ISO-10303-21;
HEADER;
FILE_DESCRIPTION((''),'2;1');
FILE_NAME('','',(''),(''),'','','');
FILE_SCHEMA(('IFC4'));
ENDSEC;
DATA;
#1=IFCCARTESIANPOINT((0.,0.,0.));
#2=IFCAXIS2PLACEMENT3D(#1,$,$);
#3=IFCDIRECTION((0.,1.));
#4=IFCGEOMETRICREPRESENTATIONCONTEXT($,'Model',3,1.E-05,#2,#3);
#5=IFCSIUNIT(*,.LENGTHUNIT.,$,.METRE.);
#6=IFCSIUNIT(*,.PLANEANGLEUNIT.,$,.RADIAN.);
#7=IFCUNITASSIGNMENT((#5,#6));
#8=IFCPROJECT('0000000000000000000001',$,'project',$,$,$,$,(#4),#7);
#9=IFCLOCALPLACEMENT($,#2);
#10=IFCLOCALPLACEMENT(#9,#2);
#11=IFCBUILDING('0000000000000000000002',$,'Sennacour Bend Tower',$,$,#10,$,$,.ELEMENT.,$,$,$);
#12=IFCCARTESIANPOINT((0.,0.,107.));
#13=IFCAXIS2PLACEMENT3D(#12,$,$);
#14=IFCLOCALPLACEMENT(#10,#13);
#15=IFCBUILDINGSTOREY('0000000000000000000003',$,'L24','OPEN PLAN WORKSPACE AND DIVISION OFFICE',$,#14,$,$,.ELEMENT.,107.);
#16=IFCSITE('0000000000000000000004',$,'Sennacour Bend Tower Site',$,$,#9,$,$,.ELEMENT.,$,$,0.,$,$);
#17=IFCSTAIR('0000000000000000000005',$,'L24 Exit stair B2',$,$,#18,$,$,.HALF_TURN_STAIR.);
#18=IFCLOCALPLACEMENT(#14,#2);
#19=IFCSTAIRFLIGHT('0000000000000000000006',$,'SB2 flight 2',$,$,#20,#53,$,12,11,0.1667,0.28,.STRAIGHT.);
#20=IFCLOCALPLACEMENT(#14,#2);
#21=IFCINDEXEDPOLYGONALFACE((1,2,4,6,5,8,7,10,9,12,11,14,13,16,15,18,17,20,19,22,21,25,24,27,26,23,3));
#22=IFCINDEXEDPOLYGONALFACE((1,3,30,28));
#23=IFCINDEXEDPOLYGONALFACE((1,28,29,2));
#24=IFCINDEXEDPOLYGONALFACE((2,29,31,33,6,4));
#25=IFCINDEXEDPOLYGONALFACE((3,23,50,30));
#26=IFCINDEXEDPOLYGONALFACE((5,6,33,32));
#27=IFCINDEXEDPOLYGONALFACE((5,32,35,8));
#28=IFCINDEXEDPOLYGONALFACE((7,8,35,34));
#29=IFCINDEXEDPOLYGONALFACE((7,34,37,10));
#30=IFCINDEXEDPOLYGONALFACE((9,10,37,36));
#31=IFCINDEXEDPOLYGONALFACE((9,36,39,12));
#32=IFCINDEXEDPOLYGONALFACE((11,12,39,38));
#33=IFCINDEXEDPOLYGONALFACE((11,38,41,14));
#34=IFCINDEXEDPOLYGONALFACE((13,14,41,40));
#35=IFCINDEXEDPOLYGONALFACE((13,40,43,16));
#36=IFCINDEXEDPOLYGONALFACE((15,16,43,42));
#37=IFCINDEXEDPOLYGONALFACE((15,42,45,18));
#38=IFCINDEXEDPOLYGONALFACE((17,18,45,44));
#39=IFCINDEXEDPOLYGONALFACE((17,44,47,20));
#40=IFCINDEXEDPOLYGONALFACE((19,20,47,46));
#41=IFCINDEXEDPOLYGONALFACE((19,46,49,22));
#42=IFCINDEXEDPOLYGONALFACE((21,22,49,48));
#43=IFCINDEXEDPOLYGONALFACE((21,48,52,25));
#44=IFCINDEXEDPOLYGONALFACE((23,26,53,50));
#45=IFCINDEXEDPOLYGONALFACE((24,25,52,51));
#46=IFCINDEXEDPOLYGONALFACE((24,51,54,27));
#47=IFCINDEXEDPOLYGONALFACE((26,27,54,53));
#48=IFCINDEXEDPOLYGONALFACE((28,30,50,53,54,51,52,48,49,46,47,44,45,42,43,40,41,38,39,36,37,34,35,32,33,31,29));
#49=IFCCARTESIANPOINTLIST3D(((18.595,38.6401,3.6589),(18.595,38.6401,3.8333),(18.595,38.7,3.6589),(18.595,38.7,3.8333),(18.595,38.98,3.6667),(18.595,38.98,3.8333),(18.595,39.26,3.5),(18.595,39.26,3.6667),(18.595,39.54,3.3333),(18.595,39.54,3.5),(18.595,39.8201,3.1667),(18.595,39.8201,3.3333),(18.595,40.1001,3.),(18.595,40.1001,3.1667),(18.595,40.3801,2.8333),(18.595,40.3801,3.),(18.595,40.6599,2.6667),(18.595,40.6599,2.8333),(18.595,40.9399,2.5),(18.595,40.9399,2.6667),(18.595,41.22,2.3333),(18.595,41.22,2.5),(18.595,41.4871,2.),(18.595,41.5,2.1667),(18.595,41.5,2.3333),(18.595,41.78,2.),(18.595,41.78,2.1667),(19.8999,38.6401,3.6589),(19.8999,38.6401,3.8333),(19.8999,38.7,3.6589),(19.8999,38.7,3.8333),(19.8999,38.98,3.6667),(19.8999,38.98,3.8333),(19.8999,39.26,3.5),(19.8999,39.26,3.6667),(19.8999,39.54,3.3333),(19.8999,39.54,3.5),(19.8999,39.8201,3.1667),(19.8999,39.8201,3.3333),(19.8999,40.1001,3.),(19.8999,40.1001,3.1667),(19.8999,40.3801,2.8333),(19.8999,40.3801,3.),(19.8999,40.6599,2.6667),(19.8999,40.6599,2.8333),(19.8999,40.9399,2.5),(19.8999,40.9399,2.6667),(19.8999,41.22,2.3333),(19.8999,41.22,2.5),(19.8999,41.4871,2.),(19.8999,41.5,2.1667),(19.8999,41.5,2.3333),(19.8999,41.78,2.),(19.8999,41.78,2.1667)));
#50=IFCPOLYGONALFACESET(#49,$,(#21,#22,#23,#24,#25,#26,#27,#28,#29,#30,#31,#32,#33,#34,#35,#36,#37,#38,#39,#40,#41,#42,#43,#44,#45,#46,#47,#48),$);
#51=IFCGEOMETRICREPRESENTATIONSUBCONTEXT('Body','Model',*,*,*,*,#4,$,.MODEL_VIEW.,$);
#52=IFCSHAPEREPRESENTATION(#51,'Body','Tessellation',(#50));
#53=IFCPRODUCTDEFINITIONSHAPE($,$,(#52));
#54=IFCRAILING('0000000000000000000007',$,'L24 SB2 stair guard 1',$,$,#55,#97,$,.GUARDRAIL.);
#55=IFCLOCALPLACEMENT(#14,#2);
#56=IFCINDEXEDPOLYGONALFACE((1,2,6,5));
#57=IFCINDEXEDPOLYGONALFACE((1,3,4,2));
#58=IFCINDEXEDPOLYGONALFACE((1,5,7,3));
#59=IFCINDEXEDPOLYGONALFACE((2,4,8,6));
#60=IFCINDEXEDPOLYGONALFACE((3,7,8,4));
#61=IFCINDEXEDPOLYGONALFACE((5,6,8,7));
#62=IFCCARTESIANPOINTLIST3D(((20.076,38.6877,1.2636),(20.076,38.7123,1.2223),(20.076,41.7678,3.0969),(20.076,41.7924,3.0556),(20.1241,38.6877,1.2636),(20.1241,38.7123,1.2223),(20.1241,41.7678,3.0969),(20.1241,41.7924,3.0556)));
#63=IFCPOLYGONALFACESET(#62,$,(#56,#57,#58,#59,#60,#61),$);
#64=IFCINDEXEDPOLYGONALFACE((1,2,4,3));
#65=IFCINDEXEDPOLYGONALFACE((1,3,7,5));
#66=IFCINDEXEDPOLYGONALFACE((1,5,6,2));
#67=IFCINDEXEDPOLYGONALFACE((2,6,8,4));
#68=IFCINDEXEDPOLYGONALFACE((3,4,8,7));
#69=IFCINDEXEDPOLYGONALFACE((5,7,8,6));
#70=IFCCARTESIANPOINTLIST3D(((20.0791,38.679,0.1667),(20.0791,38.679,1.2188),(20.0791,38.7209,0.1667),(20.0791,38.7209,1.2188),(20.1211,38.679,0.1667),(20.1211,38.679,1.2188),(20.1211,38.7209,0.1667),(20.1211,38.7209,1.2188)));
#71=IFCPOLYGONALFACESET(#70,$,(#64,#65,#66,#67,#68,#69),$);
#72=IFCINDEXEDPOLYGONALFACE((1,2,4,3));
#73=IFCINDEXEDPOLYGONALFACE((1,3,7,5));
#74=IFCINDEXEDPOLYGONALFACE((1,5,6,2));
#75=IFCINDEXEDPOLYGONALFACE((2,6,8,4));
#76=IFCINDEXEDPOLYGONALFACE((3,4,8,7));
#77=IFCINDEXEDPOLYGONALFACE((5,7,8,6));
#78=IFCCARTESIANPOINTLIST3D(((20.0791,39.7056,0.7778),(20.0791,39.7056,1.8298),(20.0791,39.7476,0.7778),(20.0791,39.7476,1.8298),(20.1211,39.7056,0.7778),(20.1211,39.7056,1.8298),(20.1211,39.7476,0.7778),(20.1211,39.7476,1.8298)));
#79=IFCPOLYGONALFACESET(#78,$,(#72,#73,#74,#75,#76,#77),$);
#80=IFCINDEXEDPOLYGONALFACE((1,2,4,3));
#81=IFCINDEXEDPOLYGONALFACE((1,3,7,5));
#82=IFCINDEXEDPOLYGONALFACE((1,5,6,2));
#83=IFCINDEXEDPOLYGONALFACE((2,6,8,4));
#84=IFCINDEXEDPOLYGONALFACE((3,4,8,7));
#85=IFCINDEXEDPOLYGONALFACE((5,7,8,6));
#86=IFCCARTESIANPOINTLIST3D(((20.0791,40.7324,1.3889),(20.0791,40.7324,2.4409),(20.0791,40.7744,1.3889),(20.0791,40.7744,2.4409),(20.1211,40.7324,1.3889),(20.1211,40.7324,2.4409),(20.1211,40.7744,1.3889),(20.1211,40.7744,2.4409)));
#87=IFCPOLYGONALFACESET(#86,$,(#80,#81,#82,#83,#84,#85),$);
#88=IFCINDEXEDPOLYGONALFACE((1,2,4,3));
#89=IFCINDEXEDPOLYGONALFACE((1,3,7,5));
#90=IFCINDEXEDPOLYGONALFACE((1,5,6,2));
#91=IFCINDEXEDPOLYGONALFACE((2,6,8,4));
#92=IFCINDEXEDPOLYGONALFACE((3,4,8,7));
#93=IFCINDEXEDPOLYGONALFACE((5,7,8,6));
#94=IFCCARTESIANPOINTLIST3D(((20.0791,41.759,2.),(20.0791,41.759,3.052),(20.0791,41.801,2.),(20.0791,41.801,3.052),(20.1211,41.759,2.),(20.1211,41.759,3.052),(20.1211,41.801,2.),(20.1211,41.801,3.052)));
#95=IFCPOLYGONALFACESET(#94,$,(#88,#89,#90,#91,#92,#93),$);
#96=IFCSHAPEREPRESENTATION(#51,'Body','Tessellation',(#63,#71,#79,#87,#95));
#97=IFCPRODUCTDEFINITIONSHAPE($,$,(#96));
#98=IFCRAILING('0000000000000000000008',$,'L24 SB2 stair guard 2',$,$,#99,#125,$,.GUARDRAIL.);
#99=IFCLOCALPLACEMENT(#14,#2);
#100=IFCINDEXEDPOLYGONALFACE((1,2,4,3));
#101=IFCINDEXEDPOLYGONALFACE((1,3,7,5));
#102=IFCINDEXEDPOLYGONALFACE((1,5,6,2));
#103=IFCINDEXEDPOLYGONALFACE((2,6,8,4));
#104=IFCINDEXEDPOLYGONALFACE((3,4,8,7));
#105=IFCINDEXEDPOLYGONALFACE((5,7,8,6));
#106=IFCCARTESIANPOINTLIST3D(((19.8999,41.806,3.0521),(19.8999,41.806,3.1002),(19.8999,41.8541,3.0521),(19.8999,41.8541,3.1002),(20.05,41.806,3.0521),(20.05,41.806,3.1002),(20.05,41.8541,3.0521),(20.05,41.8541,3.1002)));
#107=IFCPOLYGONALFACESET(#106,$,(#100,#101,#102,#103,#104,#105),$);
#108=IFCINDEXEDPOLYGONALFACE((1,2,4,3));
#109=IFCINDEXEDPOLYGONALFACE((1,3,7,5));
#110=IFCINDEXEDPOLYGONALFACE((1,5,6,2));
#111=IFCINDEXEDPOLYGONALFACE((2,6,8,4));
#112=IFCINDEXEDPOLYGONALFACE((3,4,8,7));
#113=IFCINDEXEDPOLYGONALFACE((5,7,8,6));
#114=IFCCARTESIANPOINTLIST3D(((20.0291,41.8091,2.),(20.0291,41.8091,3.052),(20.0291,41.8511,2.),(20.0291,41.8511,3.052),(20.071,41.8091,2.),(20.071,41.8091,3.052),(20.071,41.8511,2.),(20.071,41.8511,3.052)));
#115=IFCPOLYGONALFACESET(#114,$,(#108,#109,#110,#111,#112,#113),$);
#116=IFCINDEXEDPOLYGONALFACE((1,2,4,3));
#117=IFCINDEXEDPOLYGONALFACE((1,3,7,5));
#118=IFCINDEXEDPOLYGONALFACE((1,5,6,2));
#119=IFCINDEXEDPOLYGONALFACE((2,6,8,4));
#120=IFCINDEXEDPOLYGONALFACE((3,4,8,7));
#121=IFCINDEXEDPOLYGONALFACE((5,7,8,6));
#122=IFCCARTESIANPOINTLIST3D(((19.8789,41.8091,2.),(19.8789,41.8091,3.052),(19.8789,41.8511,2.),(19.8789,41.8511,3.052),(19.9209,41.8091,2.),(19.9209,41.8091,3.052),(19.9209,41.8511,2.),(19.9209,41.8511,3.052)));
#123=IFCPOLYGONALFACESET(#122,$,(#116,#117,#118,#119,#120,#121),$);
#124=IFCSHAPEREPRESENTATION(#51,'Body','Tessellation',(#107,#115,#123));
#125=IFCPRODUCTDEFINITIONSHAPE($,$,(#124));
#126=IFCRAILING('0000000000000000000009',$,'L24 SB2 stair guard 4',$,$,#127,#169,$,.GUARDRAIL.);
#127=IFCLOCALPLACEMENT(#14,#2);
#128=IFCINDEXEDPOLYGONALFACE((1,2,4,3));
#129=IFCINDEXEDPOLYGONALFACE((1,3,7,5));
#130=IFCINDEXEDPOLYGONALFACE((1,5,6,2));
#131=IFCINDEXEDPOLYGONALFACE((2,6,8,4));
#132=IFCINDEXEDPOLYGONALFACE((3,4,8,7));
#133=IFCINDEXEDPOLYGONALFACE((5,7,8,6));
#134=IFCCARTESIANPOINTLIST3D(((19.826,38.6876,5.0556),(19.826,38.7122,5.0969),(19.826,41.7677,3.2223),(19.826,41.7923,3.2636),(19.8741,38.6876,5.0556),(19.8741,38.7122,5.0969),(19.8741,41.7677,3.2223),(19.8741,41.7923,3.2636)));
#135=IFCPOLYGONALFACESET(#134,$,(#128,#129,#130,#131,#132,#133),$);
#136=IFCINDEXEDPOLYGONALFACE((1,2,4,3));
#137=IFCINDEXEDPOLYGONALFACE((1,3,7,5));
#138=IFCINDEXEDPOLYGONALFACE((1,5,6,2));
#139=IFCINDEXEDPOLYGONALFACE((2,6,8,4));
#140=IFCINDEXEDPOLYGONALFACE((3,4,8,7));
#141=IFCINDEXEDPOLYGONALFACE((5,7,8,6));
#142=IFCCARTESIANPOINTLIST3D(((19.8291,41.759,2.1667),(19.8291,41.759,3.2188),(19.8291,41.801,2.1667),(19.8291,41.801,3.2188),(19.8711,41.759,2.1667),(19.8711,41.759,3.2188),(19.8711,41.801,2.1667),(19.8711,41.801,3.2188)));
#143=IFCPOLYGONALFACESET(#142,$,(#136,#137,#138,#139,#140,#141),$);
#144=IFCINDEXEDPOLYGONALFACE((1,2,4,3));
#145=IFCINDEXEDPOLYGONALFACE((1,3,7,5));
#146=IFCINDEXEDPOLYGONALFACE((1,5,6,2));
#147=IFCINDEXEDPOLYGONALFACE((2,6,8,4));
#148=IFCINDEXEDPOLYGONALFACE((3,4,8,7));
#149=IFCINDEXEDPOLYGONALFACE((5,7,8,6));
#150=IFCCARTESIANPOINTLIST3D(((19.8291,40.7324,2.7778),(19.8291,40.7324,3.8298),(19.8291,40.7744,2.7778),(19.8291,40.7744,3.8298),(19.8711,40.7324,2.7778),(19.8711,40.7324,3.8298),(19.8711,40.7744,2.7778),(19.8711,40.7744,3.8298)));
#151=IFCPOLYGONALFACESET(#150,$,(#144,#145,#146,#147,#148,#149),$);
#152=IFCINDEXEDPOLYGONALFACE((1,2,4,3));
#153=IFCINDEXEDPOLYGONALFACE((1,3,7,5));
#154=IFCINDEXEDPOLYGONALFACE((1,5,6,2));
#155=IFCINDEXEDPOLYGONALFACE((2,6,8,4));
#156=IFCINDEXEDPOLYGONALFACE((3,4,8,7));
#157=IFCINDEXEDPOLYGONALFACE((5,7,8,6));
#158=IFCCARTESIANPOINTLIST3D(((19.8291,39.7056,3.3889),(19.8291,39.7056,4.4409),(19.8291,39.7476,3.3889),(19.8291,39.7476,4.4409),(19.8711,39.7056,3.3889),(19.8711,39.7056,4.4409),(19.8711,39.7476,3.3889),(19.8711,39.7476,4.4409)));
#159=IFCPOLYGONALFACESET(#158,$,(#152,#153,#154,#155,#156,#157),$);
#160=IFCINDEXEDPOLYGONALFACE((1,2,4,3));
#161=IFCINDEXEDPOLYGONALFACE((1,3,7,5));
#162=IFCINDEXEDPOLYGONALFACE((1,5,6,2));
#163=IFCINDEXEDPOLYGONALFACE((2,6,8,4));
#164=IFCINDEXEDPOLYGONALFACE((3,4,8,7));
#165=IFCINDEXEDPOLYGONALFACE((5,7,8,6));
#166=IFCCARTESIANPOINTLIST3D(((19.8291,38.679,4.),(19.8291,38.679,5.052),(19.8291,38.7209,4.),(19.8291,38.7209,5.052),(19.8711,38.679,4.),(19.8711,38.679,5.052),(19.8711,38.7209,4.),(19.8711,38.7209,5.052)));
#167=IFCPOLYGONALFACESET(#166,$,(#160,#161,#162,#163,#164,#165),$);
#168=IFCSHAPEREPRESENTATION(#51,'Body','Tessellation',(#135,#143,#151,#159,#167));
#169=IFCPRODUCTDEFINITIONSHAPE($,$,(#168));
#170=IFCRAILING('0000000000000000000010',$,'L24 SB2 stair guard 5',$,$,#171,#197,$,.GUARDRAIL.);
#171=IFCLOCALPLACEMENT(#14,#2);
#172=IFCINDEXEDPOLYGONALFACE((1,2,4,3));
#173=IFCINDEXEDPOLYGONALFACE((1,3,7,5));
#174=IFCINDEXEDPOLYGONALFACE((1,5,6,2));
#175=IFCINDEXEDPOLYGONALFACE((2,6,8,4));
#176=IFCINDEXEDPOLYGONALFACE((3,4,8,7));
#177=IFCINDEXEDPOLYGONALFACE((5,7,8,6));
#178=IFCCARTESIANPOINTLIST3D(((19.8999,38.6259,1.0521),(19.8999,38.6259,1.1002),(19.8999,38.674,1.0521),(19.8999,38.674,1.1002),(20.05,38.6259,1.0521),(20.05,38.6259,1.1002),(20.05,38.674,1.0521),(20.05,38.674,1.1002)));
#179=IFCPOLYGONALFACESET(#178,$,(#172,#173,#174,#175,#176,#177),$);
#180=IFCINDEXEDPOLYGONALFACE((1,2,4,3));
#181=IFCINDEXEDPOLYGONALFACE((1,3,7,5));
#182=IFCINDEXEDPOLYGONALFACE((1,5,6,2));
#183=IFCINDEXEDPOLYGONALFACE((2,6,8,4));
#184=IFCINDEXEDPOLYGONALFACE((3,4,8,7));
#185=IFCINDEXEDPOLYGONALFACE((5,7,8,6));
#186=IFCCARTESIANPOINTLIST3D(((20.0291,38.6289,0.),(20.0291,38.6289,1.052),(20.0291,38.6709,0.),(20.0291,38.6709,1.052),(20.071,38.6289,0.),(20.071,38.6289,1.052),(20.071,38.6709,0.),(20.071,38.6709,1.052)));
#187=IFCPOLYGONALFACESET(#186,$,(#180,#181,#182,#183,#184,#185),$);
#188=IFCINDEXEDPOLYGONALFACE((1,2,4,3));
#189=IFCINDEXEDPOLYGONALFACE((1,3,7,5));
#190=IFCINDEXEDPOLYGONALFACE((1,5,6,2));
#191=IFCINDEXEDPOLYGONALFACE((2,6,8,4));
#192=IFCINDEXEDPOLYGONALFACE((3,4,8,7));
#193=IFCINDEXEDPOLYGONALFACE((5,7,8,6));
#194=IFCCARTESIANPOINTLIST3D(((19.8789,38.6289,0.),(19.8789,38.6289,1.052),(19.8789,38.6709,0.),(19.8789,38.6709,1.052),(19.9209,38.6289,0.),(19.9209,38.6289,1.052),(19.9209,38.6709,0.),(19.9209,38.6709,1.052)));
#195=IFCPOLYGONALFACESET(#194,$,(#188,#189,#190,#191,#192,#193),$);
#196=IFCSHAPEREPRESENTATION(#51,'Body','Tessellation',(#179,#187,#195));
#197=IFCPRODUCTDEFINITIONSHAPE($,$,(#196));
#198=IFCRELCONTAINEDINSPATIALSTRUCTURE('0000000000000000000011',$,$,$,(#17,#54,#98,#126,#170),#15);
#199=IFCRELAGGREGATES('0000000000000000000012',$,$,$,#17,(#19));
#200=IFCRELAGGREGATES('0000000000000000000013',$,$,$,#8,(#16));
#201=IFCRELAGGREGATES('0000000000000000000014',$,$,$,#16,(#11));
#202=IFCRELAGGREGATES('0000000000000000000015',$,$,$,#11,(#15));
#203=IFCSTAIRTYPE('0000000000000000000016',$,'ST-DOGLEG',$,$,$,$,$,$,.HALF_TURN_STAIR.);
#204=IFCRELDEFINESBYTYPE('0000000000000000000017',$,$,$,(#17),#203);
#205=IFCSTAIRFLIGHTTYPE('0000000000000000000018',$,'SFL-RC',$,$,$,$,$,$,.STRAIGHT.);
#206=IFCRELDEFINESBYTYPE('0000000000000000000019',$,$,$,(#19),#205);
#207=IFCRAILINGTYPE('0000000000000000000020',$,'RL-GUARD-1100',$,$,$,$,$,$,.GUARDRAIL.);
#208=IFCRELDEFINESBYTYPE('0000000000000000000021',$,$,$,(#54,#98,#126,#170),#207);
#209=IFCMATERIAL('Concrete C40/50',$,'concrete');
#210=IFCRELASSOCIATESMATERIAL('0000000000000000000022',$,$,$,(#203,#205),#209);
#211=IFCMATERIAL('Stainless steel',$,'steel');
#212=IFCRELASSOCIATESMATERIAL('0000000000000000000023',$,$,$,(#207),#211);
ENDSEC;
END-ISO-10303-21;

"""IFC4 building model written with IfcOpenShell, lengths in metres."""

from ifc_helpers import new_model, si_unit, direction, frame, origin, origin_2d, place, context, subcontext, project, spatial, polyline, rectangle, outline, extrude, material, type_object, element, aggregate, save


model = new_model("IFC4")

# Units and contexts
model_context = context("Model", 3, precision=1e-05, world=origin(), true_north=direction((0.0, 1.0)))
body_context = subcontext(model_context, "Body", "Model", "MODEL_VIEW")
ifc_project = project(units=[si_unit("LENGTHUNIT", "METRE"), si_unit("PLANEANGLEUNIT", "RADIAN")], contexts=[model_context])

# Site, building, storey
site_placement = place(None, origin())
site = spatial("IfcSite", under=ifc_project, at=site_placement, Name="Sennacour Bend Tower Site", CompositionType="ELEMENT", RefElevation=0.0)
building_placement = place(site_placement, origin())
building = spatial("IfcBuilding", under=site, at=building_placement, Name="Sennacour Bend Tower", CompositionType="ELEMENT")
storey_placement = place(building_placement, frame((0.0, 0.0, 107.0)))
storey = spatial("IfcBuildingStorey", under=building, at=storey_placement, Name="L24", Description="OPEN PLAN WORKSPACE AND DIVISION OFFICE", CompositionType="ELEMENT", Elevation=107.0)

# Shared definitions
ifc_material_1 = material(Name="Stainless steel", Category="steel")

# Stair, stair flight
ifc_material_2 = material(Name="Concrete C40/50", Category="concrete")
stair_type = type_object("IfcStairType", Name="ST-DOGLEG", PredefinedType="HALF_TURN_STAIR", material=ifc_material_2)
stair_placement = place(storey_placement, origin())
stair = element("IfcStair", 1, at=stair_placement, inside=storey, type_object=stair_type, Name="L24 Exit stair B2", PredefinedType="HALF_TURN_STAIR")
stair_flight_type = type_object("IfcStairFlightType", Name="SFL-RC", PredefinedType="STRAIGHT", material=ifc_material_2)
stair_flight_1_placement = place(storey_placement, frame((19.2476, 41.78, 2.0), z_axis=(0.0, 0.0, 1.0), x_axis=(0.0, -1.0, 0.0)))
stair_flight_1 = element("IfcStairFlight", 2, at=stair_flight_1_placement, type_object=stair_flight_type, Name="SB2 flight 2", NumberOfRisers=12, NumberOfTreads=11, PredefinedType="STRAIGHT", RiserHeight=0.1667, TreadLength=0.28, context=body_context, shape_type="SweptSolid", body=[
    extrude(outline(polyline([(0.0, 0.0), (0.0, 0.1667), (0.28, 0.1667), (0.28, 0.3333), (0.5601, 0.3333), (0.5601, 0.5), (0.8401, 0.5), (0.8401, 0.6667), (1.1201, 0.6667), (1.1201, 0.8333), (1.3999, 0.8333), (1.3999, 1.0), (1.6799, 1.0), (1.6799, 1.1667), (1.96, 1.1667), (1.96, 1.3333), (2.24, 1.3333), (2.24, 1.5), (2.52, 1.5), (2.52, 1.6667), (2.8, 1.6667), (2.8, 1.8333), (3.0801, 1.8333), (3.1399, 1.8333), (3.1399, 1.6589), (3.0801, 1.6589), (0.293, 0.0), (0.0, 0.0)])), frame((0.0, 0.6523, 0.0), z_axis=(0.0, -1.0, 0.0), x_axis=(1.0, 0.0, 0.0)), (0.0, 0.0, 1.0), 1.3049),
])
aggregate(stair, [stair_flight_1])

# Railings
railing_type_1 = type_object("IfcRailingType", Name="RL-GUARD-1100", PredefinedType="GUARDRAIL", material=ifc_material_1)
railing_1_placement = place(storey_placement, frame((20.1001, 38.7, 0.1667)))
element("IfcRailing", 3, at=railing_1_placement, inside=storey, type_object=railing_type_1, Name="L24 SB2 stair guard 1", PredefinedType="GUARDRAIL", context=body_context, shape_type="SweptSolid", body=[
    extrude(rectangle(XDim=0.0481, YDim=0.0481, at=origin_2d()), frame((0.0, 0.0, 1.0762), z_axis=(0.0, 0.859309, 0.511458), x_axis=(-1.0, 0.0, 0.0)), (0.0, 0.0, 1.0), 3.5845),
    extrude(rectangle(XDim=0.042, YDim=0.042, at=origin_2d()), origin(), (0.0, 0.0, 1.0), 1.052),
    extrude(rectangle(XDim=0.042, YDim=0.042, at=origin_2d()), frame((0.0, 1.0266, 0.6111)), (0.0, 0.0, 1.0), 1.052),
    extrude(rectangle(XDim=0.042, YDim=0.042, at=origin_2d()), frame((0.0, 2.0535, 1.2222)), (0.0, 0.0, 1.0), 1.052),
    extrude(rectangle(XDim=0.042, YDim=0.042, at=origin_2d()), frame((0.0, 3.0801, 1.8333)), (0.0, 0.0, 1.0), 1.052),
])
railing_2_placement = place(storey_placement, frame((20.05, 41.8301, 2.0)))
element("IfcRailing", 4, at=railing_2_placement, inside=storey, type_object=railing_type_1, Name="L24 SB2 stair guard 2", PredefinedType="GUARDRAIL", context=body_context, shape_type="SweptSolid", body=[
    extrude(rectangle(XDim=0.0481, YDim=0.0481, at=origin_2d()), frame((0.0, 0.0, 1.0762), z_axis=(-1.0, 0.0, 0.0), x_axis=(0.0, -1.0, 0.0)), (0.0, 0.0, 1.0), 0.1501),
    extrude(rectangle(XDim=0.042, YDim=0.042, at=origin_2d()), origin(), (0.0, 0.0, 1.0), 1.052),
    extrude(rectangle(XDim=0.042, YDim=0.042, at=origin_2d()), frame((-0.1501, 0.0, 0.0)), (0.0, 0.0, 1.0), 1.052),
])
railing_3_placement = place(storey_placement, frame((19.8501, 41.78, 2.1667)))
element("IfcRailing", 5, at=railing_3_placement, inside=storey, type_object=railing_type_1, Name="L24 SB2 stair guard 4", PredefinedType="GUARDRAIL", context=body_context, shape_type="SweptSolid", body=[
    extrude(rectangle(XDim=0.0481, YDim=0.0481, at=origin_2d()), frame((0.0, 0.0, 1.0762), z_axis=(0.0, -0.859309, 0.511458), x_axis=(1.0, 0.0, 0.0)), (0.0, 0.0, 1.0), 3.5845),
    extrude(rectangle(XDim=0.042, YDim=0.042, at=origin_2d()), origin(), (0.0, 0.0, 1.0), 1.052),
    extrude(rectangle(XDim=0.042, YDim=0.042, at=origin_2d()), frame((0.0, -1.0266, 0.6111)), (0.0, 0.0, 1.0), 1.052),
    extrude(rectangle(XDim=0.042, YDim=0.042, at=origin_2d()), frame((0.0, -2.0535, 1.2222)), (0.0, 0.0, 1.0), 1.052),
    extrude(rectangle(XDim=0.042, YDim=0.042, at=origin_2d()), frame((0.0, -3.0801, 1.8333)), (0.0, 0.0, 1.0), 1.052),
])
railing_4_placement = place(storey_placement, frame((20.05, 38.6499, 0.0)))
element("IfcRailing", 6, at=railing_4_placement, inside=storey, type_object=railing_type_1, Name="L24 SB2 stair guard 5", PredefinedType="GUARDRAIL", context=body_context, shape_type="SweptSolid", body=[
    extrude(rectangle(XDim=0.0481, YDim=0.0481, at=origin_2d()), frame((0.0, 0.0, 1.0762), z_axis=(-1.0, 0.0, 0.0), x_axis=(0.0, -1.0, 0.0)), (0.0, 0.0, 1.0), 0.1501),
    extrude(rectangle(XDim=0.042, YDim=0.042, at=origin_2d()), origin(), (0.0, 0.0, 1.0), 1.052),
    extrude(rectangle(XDim=0.042, YDim=0.042, at=origin_2d()), frame((-0.1501, 0.0, 0.0)), (0.0, 0.0, 1.0), 1.052),
])

save(model, "model.ifc")
